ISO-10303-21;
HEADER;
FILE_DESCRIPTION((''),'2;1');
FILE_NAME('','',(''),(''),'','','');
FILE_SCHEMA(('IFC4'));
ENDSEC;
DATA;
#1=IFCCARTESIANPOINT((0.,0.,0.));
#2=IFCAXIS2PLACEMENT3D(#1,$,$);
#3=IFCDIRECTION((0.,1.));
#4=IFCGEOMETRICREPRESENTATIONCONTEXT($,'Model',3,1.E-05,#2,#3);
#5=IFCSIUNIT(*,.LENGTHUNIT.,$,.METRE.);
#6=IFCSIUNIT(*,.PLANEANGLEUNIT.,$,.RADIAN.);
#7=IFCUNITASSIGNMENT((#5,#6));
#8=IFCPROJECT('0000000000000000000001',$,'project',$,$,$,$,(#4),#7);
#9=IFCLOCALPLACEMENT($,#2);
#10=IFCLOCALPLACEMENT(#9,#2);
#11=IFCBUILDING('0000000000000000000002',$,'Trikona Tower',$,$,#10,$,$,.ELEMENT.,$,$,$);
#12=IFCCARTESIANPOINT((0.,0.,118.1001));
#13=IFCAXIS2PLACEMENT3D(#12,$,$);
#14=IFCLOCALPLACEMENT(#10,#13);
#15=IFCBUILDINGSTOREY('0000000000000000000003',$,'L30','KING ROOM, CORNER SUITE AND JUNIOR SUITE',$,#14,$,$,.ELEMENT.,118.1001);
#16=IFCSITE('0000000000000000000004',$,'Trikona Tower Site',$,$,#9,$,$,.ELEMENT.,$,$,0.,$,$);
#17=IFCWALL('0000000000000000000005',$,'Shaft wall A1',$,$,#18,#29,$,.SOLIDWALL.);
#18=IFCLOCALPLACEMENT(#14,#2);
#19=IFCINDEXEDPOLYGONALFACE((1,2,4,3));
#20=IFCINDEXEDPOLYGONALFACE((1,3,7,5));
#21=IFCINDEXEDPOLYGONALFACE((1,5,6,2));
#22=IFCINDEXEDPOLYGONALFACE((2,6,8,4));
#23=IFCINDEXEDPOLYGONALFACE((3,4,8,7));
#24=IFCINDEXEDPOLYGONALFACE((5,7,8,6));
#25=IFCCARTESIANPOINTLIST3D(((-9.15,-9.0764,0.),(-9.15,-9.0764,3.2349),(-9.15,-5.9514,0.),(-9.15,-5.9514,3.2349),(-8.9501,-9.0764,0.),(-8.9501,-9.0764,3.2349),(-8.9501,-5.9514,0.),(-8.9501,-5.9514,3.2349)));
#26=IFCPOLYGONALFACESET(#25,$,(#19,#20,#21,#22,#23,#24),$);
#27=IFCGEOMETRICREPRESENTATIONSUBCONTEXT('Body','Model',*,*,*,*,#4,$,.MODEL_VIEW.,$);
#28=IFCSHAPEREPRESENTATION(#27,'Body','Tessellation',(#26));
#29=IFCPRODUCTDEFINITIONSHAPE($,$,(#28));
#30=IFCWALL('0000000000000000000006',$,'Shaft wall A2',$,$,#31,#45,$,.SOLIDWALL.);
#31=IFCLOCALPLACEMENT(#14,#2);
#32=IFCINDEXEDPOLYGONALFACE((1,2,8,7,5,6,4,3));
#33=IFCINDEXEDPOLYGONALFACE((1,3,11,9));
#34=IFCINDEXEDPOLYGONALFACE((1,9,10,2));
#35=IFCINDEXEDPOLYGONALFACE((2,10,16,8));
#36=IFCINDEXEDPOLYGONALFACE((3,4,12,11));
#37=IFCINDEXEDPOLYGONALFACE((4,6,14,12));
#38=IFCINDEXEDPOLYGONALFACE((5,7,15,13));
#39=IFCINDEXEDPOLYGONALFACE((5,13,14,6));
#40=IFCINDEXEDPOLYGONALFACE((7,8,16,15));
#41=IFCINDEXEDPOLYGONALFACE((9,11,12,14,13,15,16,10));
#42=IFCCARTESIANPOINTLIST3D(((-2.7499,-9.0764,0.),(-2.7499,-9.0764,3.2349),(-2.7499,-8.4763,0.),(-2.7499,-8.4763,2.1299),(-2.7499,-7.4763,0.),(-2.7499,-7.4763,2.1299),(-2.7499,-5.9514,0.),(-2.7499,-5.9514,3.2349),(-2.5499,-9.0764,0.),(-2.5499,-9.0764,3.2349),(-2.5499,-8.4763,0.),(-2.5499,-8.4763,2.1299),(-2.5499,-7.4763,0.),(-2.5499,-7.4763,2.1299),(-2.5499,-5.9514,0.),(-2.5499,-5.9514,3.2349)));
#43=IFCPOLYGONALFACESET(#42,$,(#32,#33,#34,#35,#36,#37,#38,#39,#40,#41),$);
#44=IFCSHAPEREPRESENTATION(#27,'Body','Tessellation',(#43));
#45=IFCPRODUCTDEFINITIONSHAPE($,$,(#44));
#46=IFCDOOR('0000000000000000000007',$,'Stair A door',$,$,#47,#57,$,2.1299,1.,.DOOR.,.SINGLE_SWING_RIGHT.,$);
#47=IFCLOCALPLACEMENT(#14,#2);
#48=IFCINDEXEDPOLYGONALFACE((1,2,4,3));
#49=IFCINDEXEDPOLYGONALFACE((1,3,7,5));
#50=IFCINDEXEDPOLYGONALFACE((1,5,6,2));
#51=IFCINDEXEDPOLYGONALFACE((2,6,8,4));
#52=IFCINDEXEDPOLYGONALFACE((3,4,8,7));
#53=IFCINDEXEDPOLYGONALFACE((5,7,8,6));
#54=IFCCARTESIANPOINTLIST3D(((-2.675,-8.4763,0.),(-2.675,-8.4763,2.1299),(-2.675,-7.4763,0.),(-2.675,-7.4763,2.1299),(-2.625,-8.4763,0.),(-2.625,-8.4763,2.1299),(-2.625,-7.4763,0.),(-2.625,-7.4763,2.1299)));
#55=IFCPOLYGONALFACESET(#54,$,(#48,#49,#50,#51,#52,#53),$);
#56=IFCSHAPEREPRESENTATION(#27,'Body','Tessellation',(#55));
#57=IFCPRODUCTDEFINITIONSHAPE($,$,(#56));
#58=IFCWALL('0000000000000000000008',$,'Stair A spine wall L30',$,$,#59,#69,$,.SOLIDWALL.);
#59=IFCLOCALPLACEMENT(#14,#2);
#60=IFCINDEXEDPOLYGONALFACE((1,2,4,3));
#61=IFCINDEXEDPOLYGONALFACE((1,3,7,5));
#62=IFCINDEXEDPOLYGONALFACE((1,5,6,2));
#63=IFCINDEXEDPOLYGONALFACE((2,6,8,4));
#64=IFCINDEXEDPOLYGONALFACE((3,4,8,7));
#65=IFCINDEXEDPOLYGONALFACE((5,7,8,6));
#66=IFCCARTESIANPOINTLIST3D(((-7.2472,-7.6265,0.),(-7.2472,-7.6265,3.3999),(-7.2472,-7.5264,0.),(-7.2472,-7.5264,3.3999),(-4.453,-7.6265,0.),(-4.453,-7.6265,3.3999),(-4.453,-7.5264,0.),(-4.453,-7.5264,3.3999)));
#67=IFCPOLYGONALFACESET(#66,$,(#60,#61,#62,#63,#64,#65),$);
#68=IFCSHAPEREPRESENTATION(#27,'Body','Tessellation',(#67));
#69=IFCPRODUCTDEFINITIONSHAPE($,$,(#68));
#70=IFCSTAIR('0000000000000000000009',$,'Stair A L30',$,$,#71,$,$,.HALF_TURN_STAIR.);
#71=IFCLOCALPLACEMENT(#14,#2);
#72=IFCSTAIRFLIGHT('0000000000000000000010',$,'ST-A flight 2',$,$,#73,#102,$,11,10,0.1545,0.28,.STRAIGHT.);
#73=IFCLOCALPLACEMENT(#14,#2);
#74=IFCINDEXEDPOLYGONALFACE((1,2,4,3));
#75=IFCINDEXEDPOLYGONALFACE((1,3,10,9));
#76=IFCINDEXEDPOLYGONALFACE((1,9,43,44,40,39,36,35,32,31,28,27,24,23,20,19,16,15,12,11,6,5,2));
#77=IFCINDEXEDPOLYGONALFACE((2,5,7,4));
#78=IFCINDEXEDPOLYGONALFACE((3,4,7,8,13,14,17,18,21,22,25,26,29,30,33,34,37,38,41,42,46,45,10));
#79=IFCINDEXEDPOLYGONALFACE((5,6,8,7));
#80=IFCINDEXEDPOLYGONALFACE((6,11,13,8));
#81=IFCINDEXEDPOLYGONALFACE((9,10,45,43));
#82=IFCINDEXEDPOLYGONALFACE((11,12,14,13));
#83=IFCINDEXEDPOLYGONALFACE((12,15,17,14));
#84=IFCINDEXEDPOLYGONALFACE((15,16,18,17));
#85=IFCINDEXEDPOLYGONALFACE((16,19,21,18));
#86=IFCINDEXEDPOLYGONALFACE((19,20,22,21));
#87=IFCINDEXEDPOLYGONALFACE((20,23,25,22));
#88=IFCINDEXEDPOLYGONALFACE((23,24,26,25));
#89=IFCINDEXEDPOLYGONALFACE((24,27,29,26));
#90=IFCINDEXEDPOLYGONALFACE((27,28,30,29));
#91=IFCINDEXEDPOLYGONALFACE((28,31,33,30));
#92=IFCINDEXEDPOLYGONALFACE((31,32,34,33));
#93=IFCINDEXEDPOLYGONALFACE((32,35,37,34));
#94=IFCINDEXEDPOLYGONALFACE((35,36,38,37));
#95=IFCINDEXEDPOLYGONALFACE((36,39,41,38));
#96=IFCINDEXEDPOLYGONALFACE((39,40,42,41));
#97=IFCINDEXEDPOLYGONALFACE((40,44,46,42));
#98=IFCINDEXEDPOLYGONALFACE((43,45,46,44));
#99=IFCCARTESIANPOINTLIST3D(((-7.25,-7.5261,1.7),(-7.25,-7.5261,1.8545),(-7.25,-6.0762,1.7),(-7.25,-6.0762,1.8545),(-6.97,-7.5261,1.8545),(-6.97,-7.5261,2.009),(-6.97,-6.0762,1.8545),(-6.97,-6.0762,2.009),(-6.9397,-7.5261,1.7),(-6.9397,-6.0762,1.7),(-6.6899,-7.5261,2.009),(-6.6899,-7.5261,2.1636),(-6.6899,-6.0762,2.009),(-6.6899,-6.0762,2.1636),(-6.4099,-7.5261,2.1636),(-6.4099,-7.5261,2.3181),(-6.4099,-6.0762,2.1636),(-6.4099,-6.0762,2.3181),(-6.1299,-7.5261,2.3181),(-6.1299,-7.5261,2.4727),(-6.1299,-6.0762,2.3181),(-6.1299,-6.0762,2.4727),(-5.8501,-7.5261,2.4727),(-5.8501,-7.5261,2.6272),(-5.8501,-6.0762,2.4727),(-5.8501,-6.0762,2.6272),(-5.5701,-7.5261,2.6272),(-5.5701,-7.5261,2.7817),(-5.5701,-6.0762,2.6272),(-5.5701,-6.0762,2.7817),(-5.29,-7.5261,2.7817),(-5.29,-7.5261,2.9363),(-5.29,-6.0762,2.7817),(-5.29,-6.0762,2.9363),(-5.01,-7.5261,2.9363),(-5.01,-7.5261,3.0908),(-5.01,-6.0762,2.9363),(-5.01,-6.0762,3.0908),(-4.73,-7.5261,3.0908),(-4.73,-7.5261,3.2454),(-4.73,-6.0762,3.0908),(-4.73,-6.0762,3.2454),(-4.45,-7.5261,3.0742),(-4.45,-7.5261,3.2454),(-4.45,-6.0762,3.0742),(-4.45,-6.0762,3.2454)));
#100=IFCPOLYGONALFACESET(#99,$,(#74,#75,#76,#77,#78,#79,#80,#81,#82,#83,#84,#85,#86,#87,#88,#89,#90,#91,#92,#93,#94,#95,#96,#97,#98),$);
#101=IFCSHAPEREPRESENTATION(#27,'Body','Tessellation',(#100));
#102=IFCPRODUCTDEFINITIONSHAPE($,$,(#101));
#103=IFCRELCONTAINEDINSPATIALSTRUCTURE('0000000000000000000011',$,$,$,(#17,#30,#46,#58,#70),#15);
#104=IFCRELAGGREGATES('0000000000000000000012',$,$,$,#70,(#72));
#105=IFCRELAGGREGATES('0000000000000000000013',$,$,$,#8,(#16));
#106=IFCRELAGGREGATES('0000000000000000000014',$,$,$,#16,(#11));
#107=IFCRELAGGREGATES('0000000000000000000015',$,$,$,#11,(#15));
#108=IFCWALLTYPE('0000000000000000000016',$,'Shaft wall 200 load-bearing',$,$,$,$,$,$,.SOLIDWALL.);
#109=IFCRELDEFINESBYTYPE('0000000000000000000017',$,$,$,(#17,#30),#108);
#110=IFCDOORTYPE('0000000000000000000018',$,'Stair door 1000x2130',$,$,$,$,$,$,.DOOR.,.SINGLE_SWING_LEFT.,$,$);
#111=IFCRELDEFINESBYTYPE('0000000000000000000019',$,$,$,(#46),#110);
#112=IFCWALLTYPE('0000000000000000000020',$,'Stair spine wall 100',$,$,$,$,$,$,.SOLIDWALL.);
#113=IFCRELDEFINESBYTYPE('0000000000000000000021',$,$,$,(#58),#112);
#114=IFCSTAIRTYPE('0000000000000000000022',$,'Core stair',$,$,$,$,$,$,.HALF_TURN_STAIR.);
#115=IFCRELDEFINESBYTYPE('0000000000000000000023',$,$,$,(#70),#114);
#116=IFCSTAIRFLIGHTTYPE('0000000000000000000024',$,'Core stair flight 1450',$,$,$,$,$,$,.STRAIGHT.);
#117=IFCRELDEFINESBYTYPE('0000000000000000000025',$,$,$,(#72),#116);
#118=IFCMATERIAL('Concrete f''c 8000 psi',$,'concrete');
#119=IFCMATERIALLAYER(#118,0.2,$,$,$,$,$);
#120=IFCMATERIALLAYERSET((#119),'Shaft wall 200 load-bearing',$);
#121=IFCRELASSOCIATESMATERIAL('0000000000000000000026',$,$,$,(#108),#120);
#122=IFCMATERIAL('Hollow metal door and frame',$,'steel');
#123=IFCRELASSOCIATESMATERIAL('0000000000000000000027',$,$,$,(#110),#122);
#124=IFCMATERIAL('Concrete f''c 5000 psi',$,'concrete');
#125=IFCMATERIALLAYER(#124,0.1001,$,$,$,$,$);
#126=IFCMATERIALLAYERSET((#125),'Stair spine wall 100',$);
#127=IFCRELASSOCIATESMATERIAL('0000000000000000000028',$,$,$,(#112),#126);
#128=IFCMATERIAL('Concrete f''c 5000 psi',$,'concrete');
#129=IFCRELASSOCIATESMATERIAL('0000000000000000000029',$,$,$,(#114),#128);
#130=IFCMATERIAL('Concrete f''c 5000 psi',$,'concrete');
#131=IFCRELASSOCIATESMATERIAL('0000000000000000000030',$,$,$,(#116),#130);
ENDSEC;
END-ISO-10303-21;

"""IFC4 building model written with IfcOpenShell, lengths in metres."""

from ifc_helpers import new_model, si_unit, direction, frame, frame_2d, origin, place, context, subcontext, project, spatial, polyline, rectangle, outline, extrude, material, layer, layer_set, type_object, element, fill, aggregate, save


model = new_model("IFC4")

# Units and contexts
model_context = context("Model", 3, precision=1e-05, world=origin(), true_north=direction((0.0, 1.0)))
body_context = subcontext(model_context, "Body", "Model", "MODEL_VIEW")
ifc_project = project(units=[si_unit("LENGTHUNIT", "METRE"), si_unit("PLANEANGLEUNIT", "RADIAN")], contexts=[model_context])

# Site, building, storey
site_placement = place(None, origin())
site = spatial("IfcSite", under=ifc_project, at=site_placement, Name="Trikona Tower Site", CompositionType="ELEMENT", RefElevation=0.0)
building_placement = place(site_placement, origin())
building = spatial("IfcBuilding", under=site, at=building_placement, Name="Trikona Tower", CompositionType="ELEMENT")
storey_placement = place(building_placement, frame((0.0, 0.0, 118.1001)))
storey = spatial("IfcBuildingStorey", under=building, at=storey_placement, Name="L30", Description="KING ROOM, CORNER SUITE AND JUNIOR SUITE", CompositionType="ELEMENT", Elevation=118.1001)

# Wall
ifc_material_1 = material(Name="Concrete f'c 8000 psi", Category="concrete")
ifc_layer_1 = layer(ifc_material_1, 0.2)
ifc_layer_set_1 = layer_set([ifc_layer_1], Name="Shaft wall 200 load-bearing")
wall_type_1 = type_object("IfcWallType", Name="Shaft wall 200 load-bearing", PredefinedType="SOLIDWALL", material=ifc_layer_set_1)
wall_1_placement = place(storey_placement, frame((-9.05, -5.9514, 0.0), z_axis=(0.0, 0.0, 1.0), x_axis=(0.0, -1.0, 0.0)))
element("IfcWall", 1, at=wall_1_placement, inside=storey, type_object=wall_type_1, Name="Shaft wall A1", PredefinedType="SOLIDWALL", context=body_context, shape_type="SweptSolid", body=[
    extrude(rectangle(XDim=3.125, YDim=0.2, at=frame_2d((1.5625, 0.0))), origin(), (0.0, 0.0, 1.0), 3.2349),
])

# Wall, opening, door
wall_2_placement = place(storey_placement, frame((-2.6499, -5.9514, 0.0), z_axis=(0.0, 0.0, 1.0), x_axis=(0.0, -1.0, 0.0)))
wall_2 = element("IfcWall", 2, at=wall_2_placement, inside=storey, type_object=wall_type_1, Name="Shaft wall A2", PredefinedType="SOLIDWALL", context=body_context, shape_type="SweptSolid", body=[
    extrude(rectangle(XDim=3.125, YDim=0.2, at=frame_2d((1.5625, 0.0))), origin(), (0.0, 0.0, 1.0), 3.2349),
])
opening_1_placement = place(wall_2_placement, frame((1.5249, 0.0, 0.0)))
opening_1 = element("IfcOpeningElement", 3, at=opening_1_placement, cuts=wall_2, PredefinedType="OPENING", context=body_context, shape_type="SweptSolid", body=[
    extrude(rectangle(XDim=1.0, YDim=2.1299, at=frame_2d((0.5, 1.0649))), frame((0.0, 0.1099, 0.0), z_axis=(0.0, -1.0, 0.0), x_axis=(1.0, 0.0, 0.0)), (0.0, 0.0, 1.0), 0.22),
])
ifc_material_2 = material(Name="Hollow metal door and frame", Category="steel")
door_type_1 = type_object("IfcDoorType", Name="Stair door 1000x2130", OperationType="SINGLE_SWING_LEFT", PredefinedType="DOOR", material=ifc_material_2)
door_1_placement = place(opening_1_placement, origin())
door_1 = element("IfcDoor", 4, at=door_1_placement, inside=storey, type_object=door_type_1, Name="Stair A door", OperationType="SINGLE_SWING_RIGHT", OverallHeight=2.1299, OverallWidth=1.0, PredefinedType="DOOR", context=body_context, shape_type="SweptSolid", body=[
    extrude(rectangle(XDim=1.0, YDim=2.1299, at=frame_2d((0.5, 1.0649))), frame((0.0, 0.0249, 0.0), z_axis=(0.0, -1.0, 0.0), x_axis=(1.0, 0.0, 0.0)), (0.0, 0.0, 1.0), 0.05),
])
fill(opening_1, door_1)

# Wall
ifc_material_3 = material(Name="Concrete f'c 5000 psi", Category="concrete")
ifc_layer_2 = layer(ifc_material_3, 0.1001)
ifc_layer_set_2 = layer_set([ifc_layer_2], Name="Stair spine wall 100")
wall_type_2 = type_object("IfcWallType", Name="Stair spine wall 100", PredefinedType="SOLIDWALL", material=ifc_layer_set_2)
wall_3_placement = place(storey_placement, frame((-7.2471, -7.5764, 0.0), z_axis=(0.0, 0.0, 1.0), x_axis=(1.0, 0.0, 0.0)))
element("IfcWall", 5, at=wall_3_placement, inside=storey, type_object=wall_type_2, Name="Stair A spine wall L30", PredefinedType="SOLIDWALL", context=body_context, shape_type="SweptSolid", body=[
    extrude(rectangle(XDim=2.7942, YDim=0.1001, at=frame_2d((1.397, 0.0))), origin(), (0.0, 0.0, 1.0), 3.3999),
])

# Stair, stair flight
ifc_material_4 = material(Name="Concrete f'c 5000 psi", Category="concrete")
stair_type = type_object("IfcStairType", Name="Core stair", PredefinedType="HALF_TURN_STAIR", material=ifc_material_4)
stair_placement = place(storey_placement, origin())
stair = element("IfcStair", 6, at=stair_placement, inside=storey, type_object=stair_type, Name="Stair A L30", PredefinedType="HALF_TURN_STAIR")
ifc_material_5 = material(Name="Concrete f'c 5000 psi", Category="concrete")
stair_flight_type = type_object("IfcStairFlightType", Name="Core stair flight 1450", PredefinedType="STRAIGHT", material=ifc_material_5)
stair_flight_placement = place(storey_placement, frame((-7.25, -6.8013, 1.7), z_axis=(0.0, 0.0, 1.0), x_axis=(1.0, 0.0, 0.0)))
stair_flight = element("IfcStairFlight", 7, at=stair_flight_placement, type_object=stair_flight_type, Name="ST-A flight 2", NumberOfRisers=11, NumberOfTreads=10, PredefinedType="STRAIGHT", RiserHeight=0.1545, TreadLength=0.28, context=body_context, shape_type="SweptSolid", body=[
    extrude(outline(polyline([(0.0, 0.0), (0.0, 0.1545), (0.28, 0.1545), (0.28, 0.3091), (0.5601, 0.3091), (0.5601, 0.4636), (0.8401, 0.4636), (0.8401, 0.6182), (1.1201, 0.6182), (1.1201, 0.7727), (1.3999, 0.7727), (1.3999, 0.9272), (1.6799, 0.9272), (1.6799, 1.0818), (1.96, 1.0818), (1.96, 1.2363), (2.24, 1.2363), (2.24, 1.3909), (2.52, 1.3909), (2.52, 1.5454), (2.8, 1.5454), (2.8, 1.7), (2.8, 1.3743), (0.3103, 0.0), (0.0, 0.0)])), frame((0.0, 0.7251, 0.0), z_axis=(0.0, -1.0, 0.0), x_axis=(1.0, 0.0, 0.0)), (0.0, 0.0, 1.0), 1.45),
])
aggregate(stair, [stair_flight])

save(model, "model.ifc")
